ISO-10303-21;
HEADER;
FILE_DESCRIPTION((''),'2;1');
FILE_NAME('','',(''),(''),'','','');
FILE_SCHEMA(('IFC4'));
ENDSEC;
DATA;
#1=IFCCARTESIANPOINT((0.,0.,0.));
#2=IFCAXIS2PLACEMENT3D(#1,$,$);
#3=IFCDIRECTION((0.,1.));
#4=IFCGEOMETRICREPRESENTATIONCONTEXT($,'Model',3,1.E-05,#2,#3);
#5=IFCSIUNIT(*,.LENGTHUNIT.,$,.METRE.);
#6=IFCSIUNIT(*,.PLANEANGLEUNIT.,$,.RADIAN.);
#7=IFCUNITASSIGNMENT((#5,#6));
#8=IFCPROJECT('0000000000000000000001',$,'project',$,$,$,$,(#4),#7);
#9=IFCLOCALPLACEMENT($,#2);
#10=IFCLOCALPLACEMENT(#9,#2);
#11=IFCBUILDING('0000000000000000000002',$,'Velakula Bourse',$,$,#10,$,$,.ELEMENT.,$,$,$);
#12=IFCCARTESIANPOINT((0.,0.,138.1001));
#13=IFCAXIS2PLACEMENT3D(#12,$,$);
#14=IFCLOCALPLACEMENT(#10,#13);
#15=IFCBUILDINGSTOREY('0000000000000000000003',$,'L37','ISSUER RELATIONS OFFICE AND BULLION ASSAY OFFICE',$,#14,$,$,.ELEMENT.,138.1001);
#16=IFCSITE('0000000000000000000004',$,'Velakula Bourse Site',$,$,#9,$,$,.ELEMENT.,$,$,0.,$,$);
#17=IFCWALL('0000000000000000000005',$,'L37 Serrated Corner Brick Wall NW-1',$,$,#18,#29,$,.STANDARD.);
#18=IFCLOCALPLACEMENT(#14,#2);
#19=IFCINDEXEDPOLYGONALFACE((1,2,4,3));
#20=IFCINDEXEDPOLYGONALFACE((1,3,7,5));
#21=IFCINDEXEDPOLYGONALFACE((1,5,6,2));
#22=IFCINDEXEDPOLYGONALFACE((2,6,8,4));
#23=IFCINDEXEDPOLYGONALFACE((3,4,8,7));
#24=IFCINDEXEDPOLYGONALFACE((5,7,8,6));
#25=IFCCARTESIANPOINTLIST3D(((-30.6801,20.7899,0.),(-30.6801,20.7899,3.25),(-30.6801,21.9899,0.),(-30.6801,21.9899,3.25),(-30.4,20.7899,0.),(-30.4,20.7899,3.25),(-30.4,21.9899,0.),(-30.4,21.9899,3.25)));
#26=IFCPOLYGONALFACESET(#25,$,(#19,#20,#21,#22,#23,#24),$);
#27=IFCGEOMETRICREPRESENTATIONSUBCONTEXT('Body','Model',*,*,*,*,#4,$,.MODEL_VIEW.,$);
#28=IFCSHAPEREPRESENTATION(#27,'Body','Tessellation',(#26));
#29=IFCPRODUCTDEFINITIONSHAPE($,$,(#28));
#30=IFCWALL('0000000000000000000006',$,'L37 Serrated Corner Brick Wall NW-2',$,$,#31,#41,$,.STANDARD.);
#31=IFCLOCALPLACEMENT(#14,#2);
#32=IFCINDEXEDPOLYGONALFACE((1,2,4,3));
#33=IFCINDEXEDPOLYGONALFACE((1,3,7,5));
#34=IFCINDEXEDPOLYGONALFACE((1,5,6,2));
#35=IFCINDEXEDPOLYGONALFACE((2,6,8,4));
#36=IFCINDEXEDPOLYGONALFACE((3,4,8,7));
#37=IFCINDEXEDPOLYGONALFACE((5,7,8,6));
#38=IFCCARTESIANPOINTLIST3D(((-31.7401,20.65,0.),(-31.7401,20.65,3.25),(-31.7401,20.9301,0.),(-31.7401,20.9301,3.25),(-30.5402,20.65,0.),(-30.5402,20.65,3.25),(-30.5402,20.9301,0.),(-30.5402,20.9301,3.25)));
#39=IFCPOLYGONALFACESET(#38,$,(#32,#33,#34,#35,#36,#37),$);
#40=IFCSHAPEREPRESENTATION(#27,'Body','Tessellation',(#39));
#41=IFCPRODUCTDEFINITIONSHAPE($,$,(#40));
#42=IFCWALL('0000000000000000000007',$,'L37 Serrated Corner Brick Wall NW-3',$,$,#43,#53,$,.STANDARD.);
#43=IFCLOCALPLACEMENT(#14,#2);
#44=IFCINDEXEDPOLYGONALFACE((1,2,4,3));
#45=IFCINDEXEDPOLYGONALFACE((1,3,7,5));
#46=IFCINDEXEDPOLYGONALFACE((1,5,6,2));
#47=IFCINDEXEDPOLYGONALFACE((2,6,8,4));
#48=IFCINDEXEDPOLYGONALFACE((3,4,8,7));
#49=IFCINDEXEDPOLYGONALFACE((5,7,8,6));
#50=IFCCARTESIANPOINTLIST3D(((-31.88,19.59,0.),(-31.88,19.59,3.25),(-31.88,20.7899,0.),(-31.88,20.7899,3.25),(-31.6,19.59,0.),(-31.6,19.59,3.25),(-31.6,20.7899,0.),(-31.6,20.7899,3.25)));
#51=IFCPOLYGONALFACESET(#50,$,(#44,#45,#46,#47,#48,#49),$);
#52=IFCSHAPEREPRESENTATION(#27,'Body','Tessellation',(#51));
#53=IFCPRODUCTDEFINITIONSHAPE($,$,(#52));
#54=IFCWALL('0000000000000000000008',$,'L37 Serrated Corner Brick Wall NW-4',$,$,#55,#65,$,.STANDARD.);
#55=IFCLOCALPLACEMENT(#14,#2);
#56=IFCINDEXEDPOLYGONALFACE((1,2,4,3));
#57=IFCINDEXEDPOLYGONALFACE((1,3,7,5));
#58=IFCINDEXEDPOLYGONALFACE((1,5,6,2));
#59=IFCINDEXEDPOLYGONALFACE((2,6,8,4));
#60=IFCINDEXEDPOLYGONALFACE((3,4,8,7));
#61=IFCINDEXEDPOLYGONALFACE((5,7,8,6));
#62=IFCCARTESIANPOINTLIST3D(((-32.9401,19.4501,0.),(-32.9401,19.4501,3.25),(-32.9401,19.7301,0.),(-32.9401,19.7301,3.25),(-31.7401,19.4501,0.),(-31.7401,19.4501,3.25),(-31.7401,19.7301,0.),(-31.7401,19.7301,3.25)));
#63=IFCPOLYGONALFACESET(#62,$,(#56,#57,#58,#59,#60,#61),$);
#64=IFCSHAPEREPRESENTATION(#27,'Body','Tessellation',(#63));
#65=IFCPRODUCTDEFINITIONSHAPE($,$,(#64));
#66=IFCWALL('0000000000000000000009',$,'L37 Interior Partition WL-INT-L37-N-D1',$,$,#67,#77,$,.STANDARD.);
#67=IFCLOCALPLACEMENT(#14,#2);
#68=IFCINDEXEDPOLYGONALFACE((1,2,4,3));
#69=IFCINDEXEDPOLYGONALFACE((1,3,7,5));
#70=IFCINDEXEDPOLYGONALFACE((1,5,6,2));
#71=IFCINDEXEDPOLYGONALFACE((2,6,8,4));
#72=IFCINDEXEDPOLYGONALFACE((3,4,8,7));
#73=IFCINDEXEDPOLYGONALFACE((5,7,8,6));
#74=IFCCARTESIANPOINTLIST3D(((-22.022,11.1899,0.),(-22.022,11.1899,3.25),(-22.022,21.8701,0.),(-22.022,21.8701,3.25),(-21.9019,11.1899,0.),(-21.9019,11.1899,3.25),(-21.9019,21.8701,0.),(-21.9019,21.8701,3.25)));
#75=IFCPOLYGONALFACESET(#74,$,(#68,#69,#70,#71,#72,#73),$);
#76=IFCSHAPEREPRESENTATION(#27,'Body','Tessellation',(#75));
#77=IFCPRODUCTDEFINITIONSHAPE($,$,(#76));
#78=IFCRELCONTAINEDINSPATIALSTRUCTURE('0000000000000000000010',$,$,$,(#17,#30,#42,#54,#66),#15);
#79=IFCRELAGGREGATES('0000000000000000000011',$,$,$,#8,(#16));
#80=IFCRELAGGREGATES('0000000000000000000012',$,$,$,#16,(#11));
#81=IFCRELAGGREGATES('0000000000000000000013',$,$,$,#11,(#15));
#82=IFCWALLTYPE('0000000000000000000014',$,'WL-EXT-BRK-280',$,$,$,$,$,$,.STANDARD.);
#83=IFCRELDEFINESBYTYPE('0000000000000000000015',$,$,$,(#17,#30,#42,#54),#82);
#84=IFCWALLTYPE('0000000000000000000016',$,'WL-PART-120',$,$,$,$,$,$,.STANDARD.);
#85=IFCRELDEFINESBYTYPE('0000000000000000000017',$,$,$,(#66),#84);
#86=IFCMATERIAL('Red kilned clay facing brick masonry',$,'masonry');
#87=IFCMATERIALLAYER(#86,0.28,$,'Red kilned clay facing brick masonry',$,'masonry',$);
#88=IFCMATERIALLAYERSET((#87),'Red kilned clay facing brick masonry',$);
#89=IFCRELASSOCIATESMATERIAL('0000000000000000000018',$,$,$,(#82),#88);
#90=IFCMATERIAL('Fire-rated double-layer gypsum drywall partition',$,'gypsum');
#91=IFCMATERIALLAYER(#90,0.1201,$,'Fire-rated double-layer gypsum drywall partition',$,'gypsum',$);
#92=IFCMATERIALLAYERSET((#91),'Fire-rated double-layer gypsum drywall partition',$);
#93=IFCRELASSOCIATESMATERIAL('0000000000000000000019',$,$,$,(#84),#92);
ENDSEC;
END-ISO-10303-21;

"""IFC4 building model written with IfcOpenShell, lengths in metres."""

from ifc_helpers import new_model, si_unit, direction, frame, frame_2d, origin, place, context, subcontext, project, spatial, rectangle, extrude, material, layer, layer_set, type_object, element, save


model = new_model("IFC4")

# Units and contexts
model_context = context("Model", 3, precision=1e-05, world=origin(), true_north=direction((0.0, 1.0)))
body_context = subcontext(model_context, "Body", "Model", "MODEL_VIEW")
ifc_project = project(units=[si_unit("LENGTHUNIT", "METRE"), si_unit("PLANEANGLEUNIT", "RADIAN")], contexts=[model_context])

# Site, building, storey
site_placement = place(None, origin())
site = spatial("IfcSite", under=ifc_project, at=site_placement, Name="Velakula Bourse Site", CompositionType="ELEMENT", RefElevation=0.0)
building_placement = place(site_placement, origin())
building = spatial("IfcBuilding", under=site, at=building_placement, Name="Velakula Bourse", CompositionType="ELEMENT")
storey_placement = place(building_placement, frame((0.0, 0.0, 138.1001)))
storey = spatial("IfcBuildingStorey", under=building, at=storey_placement, Name="L37", Description="ISSUER RELATIONS OFFICE AND BULLION ASSAY OFFICE", CompositionType="ELEMENT", Elevation=138.1001)

# Shared definitions
ifc_material_1 = material(Name="Red kilned clay facing brick masonry", Category="masonry")
ifc_layer_1 = layer(ifc_material_1, 0.28, Name="Red kilned clay facing brick masonry", Category="masonry")
ifc_layer_set_1 = layer_set([ifc_layer_1], Name="Red kilned clay facing brick masonry")
wall_type_1 = type_object("IfcWallType", Name="WL-EXT-BRK-280", PredefinedType="STANDARD", material=ifc_layer_set_1)

# Walls
for number, where, z_axis, x_axis, name in (
    (1, (-30.54, 21.99, 0.0), (0.0, 0.0, 1.0), (0.0, -1.0, 0.0), "L37 Serrated Corner Brick Wall NW-1"),
    (2, (-30.54, 20.79, 0.0), (0.0, 0.0, 1.0), (-1.0, 0.0, 0.0), "L37 Serrated Corner Brick Wall NW-2"),
    (3, (-31.74, 20.79, 0.0), (0.0, 0.0, 1.0), (0.0, -1.0, 0.0), "L37 Serrated Corner Brick Wall NW-3"),
    (4, (-31.74, 19.5901, 0.0), (0.0, 0.0, 1.0), (-1.0, 0.0, 0.0), "L37 Serrated Corner Brick Wall NW-4"),
):
    element("IfcWall", number, at=place(storey_placement, frame(where, z_axis=z_axis, x_axis=x_axis)), inside=storey, type_object=wall_type_1, Name=name, PredefinedType="STANDARD", context=body_context, shape_type="SweptSolid", body=[
        extrude(rectangle(XDim=1.2, YDim=0.28, at=frame_2d((0.6001, 0.0))), origin(), (0.0, 0.0, 1.0), 3.25),
    ])
ifc_material_2 = material(Name="Fire-rated double-layer gypsum drywall partition", Category="gypsum")
ifc_layer_2 = layer(ifc_material_2, 0.1201, Name="Fire-rated double-layer gypsum drywall partition", Category="gypsum")
ifc_layer_set_2 = layer_set([ifc_layer_2], Name="Fire-rated double-layer gypsum drywall partition")
wall_type_2 = type_object("IfcWallType", Name="WL-PART-120", PredefinedType="STANDARD", material=ifc_layer_set_2)
wall_1_placement = place(storey_placement, frame((-21.9619, 11.1899, 0.0), z_axis=(0.0, 0.0, 1.0), x_axis=(0.0, 1.0, 0.0)))
element("IfcWall", 5, at=wall_1_placement, inside=storey, type_object=wall_type_2, Name="L37 Interior Partition WL-INT-L37-N-D1", PredefinedType="STANDARD", context=body_context, shape_type="SweptSolid", body=[
    extrude(rectangle(XDim=10.6802, YDim=0.1201, at=frame_2d((5.3401, 0.0))), origin(), (0.0, 0.0, 1.0), 3.25),
])

save(model, "model.ifc")
